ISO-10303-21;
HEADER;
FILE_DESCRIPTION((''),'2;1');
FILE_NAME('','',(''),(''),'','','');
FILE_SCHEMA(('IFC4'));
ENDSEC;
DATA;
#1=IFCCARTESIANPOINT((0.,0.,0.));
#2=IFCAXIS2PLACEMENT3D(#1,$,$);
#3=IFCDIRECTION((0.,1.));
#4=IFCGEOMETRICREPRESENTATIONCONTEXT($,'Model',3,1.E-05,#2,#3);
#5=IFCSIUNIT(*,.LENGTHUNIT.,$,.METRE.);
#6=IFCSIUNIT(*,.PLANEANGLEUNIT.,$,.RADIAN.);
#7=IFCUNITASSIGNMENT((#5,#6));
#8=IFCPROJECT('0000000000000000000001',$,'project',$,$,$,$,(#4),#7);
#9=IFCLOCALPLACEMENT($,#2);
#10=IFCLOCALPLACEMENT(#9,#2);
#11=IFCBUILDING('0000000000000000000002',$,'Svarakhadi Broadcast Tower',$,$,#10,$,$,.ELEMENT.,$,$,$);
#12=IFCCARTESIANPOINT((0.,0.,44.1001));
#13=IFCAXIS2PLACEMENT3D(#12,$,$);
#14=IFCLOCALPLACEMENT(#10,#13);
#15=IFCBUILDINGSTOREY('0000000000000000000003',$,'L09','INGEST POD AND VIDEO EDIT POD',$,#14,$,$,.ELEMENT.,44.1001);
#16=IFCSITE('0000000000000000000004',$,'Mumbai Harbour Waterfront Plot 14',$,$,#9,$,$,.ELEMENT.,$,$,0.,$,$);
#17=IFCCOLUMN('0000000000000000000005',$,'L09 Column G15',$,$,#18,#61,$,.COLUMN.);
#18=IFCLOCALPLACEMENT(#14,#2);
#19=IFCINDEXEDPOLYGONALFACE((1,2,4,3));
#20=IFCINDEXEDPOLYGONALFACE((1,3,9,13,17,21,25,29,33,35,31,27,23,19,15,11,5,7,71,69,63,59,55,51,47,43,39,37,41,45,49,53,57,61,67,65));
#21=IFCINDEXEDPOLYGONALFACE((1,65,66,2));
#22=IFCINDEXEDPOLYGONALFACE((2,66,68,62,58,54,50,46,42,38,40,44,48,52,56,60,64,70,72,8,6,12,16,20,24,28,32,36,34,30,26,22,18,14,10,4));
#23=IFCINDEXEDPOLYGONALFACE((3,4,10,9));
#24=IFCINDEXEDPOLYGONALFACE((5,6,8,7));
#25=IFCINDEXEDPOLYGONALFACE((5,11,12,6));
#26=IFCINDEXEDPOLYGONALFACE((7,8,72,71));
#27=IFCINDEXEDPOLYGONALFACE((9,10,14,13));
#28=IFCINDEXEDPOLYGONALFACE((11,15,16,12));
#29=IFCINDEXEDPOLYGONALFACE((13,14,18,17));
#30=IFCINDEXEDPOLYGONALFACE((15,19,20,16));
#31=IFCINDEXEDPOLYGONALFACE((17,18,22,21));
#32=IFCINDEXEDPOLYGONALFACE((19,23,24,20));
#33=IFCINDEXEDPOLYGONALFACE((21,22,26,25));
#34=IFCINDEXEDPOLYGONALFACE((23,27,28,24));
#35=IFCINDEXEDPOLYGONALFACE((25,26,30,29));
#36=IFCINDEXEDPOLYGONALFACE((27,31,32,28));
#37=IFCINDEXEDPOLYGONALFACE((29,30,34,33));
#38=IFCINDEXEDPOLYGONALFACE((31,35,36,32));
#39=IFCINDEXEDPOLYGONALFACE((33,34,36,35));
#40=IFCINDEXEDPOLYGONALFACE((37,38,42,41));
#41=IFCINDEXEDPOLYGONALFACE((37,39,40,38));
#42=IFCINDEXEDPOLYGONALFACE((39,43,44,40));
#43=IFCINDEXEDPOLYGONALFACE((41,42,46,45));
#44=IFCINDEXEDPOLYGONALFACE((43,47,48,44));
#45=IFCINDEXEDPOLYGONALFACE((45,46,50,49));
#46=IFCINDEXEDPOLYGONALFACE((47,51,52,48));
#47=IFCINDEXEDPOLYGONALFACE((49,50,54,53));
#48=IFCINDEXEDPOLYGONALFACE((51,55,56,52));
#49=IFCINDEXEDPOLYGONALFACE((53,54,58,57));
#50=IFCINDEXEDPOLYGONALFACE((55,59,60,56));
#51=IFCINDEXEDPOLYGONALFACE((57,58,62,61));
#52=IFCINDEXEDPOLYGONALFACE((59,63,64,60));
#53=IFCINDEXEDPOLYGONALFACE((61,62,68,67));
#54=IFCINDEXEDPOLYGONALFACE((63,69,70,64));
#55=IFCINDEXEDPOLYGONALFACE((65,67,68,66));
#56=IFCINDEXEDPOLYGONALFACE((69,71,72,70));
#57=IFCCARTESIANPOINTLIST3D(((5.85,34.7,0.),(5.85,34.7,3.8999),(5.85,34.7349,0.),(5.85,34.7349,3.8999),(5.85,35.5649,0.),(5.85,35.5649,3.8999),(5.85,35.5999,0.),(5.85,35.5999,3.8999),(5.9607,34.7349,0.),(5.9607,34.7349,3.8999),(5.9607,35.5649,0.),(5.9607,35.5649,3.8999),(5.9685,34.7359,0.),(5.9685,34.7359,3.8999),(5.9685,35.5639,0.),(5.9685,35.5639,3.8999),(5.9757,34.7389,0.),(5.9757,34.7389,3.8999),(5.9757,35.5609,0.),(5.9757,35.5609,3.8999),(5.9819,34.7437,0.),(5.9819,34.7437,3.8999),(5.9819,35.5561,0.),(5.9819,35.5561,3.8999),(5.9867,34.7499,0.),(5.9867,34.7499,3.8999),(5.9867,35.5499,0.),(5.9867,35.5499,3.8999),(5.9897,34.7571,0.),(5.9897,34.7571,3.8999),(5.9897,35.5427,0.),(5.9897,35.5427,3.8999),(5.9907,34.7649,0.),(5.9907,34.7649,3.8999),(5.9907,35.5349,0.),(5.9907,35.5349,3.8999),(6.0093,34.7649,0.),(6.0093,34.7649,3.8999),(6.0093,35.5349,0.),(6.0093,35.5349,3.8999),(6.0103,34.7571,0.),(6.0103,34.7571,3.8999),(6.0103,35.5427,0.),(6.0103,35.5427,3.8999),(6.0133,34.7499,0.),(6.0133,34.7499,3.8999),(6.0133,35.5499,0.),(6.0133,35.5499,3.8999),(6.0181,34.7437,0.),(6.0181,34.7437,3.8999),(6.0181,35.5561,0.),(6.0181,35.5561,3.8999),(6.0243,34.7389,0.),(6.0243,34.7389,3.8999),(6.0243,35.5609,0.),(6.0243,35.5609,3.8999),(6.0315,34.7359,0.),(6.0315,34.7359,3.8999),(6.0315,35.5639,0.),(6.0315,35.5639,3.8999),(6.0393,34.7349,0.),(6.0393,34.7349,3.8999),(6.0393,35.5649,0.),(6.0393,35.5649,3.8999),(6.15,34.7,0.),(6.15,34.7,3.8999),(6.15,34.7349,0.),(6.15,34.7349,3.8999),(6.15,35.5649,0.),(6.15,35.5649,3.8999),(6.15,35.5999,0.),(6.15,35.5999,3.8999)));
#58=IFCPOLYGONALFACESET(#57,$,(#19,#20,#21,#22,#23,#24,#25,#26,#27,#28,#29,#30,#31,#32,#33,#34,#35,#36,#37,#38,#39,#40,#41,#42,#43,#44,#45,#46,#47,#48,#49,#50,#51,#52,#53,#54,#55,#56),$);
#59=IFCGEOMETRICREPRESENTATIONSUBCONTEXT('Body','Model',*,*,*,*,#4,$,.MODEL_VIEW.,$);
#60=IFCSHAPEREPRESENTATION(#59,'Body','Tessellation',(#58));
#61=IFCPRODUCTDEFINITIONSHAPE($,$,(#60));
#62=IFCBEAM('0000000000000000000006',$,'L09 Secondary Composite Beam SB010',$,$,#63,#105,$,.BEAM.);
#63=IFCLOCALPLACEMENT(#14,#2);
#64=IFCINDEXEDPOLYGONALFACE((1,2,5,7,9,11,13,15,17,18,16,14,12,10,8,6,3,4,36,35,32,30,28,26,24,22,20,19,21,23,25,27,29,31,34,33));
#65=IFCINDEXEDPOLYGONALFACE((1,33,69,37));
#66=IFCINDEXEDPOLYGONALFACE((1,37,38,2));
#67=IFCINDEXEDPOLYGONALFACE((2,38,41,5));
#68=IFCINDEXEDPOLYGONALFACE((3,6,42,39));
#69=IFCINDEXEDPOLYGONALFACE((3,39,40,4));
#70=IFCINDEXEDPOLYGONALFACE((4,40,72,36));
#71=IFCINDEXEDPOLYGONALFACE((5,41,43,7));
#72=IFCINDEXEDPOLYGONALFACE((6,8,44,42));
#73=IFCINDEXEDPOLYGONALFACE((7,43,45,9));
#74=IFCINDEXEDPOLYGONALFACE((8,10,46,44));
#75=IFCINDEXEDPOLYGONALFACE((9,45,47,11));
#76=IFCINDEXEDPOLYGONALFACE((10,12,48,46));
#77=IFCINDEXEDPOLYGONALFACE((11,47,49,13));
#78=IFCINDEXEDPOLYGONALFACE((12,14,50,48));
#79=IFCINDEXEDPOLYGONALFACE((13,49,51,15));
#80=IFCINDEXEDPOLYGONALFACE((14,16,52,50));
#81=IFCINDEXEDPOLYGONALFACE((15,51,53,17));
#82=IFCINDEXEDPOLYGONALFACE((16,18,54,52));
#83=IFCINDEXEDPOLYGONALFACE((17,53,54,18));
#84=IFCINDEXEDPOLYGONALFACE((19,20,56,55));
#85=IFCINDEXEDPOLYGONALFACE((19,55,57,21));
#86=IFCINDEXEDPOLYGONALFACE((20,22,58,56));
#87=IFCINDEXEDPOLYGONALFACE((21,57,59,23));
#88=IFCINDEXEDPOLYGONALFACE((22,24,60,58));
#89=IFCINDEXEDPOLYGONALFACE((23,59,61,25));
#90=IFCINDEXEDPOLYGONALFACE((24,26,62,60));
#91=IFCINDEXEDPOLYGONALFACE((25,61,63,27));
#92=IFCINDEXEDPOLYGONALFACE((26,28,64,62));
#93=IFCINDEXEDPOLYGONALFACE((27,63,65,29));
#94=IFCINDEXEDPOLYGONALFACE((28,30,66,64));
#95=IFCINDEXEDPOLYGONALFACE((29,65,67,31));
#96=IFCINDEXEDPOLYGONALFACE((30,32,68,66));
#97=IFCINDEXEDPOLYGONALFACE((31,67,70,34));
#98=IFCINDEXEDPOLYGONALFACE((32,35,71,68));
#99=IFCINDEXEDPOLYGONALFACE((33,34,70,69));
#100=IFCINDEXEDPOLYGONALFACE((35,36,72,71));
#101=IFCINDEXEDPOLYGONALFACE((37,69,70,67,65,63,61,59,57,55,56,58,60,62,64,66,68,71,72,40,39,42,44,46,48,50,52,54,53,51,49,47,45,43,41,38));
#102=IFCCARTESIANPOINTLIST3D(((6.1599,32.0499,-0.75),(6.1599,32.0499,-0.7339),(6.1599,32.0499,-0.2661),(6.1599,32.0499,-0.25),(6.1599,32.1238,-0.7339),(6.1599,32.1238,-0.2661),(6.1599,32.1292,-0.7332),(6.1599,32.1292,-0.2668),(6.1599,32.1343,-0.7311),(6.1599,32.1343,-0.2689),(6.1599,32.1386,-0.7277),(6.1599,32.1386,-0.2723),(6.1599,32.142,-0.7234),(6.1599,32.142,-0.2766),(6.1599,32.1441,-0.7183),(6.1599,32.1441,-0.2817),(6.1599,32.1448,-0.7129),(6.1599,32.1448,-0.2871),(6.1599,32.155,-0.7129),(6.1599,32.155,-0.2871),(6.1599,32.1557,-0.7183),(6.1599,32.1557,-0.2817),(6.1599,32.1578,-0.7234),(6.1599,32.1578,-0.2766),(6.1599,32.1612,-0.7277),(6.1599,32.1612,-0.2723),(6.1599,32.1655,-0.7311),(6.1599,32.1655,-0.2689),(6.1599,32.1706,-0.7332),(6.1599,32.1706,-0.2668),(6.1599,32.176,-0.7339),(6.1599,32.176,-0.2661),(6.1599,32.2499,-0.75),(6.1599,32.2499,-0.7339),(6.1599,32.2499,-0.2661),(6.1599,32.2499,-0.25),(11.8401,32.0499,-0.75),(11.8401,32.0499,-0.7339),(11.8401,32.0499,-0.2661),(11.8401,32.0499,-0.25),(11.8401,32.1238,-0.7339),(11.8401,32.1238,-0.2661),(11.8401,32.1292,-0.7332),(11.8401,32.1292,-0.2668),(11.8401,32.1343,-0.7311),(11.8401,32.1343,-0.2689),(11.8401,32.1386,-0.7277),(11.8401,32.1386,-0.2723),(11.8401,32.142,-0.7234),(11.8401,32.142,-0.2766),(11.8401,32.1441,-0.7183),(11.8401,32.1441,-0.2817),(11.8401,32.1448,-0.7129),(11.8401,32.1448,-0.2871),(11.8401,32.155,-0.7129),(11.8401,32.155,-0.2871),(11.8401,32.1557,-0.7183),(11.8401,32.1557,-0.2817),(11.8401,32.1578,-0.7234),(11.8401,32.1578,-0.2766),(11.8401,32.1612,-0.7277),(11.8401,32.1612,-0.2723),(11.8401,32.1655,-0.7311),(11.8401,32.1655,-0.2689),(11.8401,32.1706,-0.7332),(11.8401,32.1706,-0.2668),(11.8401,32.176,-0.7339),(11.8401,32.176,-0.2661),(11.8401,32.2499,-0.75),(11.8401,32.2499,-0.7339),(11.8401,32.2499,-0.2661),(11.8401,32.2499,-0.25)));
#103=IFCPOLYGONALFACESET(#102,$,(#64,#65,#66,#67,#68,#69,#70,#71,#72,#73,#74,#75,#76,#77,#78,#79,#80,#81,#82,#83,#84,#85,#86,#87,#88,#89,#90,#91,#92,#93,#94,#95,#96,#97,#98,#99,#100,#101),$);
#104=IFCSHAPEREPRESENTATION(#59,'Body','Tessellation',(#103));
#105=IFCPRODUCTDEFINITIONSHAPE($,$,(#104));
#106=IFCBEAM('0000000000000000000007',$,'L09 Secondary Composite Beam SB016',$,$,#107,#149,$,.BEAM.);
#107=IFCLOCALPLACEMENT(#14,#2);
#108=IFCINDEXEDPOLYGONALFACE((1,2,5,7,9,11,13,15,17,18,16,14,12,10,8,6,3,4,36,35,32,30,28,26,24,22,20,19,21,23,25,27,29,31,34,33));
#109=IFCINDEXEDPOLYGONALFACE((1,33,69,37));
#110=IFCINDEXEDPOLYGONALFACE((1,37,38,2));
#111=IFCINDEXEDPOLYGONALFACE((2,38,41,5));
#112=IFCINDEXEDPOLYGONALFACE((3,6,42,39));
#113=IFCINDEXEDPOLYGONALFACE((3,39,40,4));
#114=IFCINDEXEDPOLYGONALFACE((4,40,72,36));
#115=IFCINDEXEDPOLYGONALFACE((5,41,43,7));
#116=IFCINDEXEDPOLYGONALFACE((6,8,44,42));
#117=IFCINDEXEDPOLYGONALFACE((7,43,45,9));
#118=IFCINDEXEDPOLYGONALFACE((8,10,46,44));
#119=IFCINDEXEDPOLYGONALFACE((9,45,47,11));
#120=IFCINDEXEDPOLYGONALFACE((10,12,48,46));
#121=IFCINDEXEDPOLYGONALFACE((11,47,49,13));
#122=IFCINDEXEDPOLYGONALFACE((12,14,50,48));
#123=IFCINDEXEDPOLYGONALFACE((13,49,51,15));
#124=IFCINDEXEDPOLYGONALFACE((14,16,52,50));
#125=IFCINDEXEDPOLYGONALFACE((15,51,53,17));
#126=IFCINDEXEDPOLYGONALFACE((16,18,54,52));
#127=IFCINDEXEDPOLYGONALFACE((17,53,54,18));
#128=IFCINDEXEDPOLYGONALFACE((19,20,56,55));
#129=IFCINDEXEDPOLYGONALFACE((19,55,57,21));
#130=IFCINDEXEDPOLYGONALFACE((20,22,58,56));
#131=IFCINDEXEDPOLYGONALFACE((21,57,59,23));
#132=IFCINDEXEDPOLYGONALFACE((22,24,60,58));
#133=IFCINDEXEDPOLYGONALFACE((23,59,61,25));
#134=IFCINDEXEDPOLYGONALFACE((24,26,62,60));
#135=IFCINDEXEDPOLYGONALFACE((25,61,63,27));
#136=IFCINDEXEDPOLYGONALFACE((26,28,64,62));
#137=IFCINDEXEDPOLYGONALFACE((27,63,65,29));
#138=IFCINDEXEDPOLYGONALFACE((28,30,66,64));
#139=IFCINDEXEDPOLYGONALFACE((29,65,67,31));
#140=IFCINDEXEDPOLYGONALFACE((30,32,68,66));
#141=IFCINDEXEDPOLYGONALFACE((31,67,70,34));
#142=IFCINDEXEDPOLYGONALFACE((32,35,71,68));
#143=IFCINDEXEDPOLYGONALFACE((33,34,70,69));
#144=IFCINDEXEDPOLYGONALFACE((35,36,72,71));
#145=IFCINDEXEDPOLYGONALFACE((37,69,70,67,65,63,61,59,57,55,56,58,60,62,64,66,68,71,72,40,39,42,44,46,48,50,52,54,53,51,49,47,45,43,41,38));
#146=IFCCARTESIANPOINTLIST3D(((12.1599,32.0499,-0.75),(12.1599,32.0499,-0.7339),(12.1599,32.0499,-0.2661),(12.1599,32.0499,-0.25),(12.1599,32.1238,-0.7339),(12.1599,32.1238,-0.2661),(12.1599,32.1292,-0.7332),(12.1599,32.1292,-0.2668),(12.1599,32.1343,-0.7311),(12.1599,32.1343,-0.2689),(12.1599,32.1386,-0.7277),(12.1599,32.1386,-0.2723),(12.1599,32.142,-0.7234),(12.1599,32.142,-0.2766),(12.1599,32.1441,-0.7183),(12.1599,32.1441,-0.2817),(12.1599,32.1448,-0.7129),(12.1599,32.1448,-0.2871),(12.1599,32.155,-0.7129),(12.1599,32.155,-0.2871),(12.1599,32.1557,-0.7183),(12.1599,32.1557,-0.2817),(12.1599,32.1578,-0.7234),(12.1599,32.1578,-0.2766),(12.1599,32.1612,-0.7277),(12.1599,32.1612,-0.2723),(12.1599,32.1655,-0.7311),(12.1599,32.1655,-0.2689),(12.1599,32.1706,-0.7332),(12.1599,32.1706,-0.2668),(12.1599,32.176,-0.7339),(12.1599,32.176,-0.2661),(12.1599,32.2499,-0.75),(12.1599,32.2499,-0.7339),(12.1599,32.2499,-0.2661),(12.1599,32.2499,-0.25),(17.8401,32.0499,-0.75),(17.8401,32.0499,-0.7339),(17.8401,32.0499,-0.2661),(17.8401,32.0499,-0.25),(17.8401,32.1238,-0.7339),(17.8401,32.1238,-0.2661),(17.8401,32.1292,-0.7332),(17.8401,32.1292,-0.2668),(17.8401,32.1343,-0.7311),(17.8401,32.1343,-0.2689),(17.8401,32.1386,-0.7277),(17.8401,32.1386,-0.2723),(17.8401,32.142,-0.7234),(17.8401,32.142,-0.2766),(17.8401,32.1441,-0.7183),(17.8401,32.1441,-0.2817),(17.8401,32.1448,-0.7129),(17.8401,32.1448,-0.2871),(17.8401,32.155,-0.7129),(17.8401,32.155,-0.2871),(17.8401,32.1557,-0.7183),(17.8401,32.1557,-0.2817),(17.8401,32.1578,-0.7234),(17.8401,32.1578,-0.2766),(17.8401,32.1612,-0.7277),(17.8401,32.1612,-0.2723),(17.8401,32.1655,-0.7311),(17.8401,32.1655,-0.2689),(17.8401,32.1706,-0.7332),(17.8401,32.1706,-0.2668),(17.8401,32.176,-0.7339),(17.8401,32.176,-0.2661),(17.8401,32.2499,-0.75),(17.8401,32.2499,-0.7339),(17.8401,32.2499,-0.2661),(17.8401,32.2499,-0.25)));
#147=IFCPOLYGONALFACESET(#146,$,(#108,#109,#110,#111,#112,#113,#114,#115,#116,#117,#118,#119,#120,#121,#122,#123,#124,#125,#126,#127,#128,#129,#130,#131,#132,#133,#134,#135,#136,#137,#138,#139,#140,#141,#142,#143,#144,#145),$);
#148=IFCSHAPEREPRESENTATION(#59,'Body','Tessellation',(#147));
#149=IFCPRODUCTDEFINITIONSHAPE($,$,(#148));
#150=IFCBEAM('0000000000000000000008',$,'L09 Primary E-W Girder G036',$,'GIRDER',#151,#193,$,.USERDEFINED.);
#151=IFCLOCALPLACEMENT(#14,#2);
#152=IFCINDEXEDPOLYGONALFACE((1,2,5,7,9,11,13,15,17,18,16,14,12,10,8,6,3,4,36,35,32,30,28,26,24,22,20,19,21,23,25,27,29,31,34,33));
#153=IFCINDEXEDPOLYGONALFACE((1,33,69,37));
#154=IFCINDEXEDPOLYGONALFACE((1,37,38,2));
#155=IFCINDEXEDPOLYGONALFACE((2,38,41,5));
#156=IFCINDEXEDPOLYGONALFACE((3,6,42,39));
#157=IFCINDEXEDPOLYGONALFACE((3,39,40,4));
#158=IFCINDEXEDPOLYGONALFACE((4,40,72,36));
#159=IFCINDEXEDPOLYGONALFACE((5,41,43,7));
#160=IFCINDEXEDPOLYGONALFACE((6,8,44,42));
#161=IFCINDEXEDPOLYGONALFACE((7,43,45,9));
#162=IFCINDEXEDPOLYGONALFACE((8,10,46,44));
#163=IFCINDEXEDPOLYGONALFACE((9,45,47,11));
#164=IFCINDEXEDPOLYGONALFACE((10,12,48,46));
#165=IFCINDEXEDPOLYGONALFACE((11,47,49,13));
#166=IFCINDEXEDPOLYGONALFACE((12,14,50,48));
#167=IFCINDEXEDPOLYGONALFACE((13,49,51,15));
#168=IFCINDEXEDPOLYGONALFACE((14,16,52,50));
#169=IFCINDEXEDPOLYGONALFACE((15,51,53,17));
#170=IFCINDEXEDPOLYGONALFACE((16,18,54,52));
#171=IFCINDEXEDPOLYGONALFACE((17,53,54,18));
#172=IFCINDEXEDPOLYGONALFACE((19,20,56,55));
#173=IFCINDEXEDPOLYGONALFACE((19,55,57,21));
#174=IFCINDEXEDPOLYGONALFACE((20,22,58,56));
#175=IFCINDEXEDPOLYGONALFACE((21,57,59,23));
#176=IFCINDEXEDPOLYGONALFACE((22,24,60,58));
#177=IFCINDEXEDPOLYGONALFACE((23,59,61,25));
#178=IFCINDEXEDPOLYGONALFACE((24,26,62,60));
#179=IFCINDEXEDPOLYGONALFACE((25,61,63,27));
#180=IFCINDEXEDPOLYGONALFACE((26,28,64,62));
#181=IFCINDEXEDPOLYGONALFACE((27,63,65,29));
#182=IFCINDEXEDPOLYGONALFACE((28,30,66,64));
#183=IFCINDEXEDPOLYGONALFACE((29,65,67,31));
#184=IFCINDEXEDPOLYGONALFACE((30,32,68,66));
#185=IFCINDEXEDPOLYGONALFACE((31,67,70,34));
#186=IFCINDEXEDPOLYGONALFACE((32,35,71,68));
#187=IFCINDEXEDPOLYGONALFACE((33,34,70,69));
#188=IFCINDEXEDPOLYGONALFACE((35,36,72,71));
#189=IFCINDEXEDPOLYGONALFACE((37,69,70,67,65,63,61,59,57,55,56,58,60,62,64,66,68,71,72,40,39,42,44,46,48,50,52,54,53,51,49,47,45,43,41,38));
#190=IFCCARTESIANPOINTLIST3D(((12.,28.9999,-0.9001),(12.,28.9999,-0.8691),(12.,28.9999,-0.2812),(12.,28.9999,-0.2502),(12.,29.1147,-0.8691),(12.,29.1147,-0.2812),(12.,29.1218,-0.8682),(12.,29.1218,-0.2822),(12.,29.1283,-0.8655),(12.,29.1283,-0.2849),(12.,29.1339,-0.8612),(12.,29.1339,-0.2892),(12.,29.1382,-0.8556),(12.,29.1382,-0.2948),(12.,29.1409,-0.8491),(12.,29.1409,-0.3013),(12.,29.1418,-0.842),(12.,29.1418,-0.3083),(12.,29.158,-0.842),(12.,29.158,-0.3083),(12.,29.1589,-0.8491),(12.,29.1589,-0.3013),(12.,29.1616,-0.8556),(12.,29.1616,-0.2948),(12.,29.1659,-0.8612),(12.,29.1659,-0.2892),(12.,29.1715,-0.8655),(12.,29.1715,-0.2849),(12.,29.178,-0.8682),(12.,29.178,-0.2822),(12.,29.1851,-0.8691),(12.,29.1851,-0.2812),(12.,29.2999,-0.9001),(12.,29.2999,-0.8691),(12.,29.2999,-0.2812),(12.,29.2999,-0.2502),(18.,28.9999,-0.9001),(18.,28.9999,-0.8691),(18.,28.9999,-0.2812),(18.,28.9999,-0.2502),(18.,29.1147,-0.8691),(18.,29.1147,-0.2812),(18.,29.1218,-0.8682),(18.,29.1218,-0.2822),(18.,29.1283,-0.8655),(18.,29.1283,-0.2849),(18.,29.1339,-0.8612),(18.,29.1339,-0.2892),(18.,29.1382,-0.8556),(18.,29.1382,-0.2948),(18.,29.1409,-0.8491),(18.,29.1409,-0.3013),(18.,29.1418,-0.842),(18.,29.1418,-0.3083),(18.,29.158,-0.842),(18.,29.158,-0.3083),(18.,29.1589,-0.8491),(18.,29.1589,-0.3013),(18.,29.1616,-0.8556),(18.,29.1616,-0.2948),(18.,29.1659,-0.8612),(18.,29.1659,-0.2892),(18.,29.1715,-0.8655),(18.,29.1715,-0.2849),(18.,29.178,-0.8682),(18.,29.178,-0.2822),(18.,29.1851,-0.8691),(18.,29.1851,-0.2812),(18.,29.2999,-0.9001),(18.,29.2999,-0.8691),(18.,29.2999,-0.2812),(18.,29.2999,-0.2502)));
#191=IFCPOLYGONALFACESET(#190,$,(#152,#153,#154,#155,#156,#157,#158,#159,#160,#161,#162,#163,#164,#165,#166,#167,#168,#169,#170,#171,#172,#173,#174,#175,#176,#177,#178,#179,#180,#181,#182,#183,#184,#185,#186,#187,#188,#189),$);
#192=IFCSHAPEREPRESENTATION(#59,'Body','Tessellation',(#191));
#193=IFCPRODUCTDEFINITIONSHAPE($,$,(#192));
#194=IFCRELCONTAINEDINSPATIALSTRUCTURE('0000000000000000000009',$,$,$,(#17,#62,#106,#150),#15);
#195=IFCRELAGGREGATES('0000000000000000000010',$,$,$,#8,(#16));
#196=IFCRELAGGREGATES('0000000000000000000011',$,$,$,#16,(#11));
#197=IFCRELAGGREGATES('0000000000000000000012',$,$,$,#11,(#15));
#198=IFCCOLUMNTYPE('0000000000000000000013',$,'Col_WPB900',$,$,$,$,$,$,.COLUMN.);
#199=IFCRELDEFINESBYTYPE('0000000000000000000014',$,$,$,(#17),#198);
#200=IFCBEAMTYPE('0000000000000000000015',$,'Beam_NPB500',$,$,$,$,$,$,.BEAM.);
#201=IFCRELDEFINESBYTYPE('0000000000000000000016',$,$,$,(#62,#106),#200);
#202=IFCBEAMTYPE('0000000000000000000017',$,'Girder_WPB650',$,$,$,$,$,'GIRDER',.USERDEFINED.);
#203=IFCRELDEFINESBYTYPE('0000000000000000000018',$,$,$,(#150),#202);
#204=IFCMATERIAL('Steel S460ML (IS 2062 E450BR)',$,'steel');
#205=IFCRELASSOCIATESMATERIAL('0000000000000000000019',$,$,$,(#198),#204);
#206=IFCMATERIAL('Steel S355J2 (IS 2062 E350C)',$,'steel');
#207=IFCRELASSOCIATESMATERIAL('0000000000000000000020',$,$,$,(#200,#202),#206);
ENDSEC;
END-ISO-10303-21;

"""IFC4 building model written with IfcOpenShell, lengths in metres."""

from ifc_helpers import new_model, si_unit, direction, frame, origin, origin_2d, place, context, subcontext, project, spatial, i_section, extrude, material, material_profile, profile_set, type_object, element, save


model = new_model("IFC4")

# Units and contexts
model_context = context("Model", 3, precision=1e-05, world=origin(), true_north=direction((0.0, 1.0)))
body_context = subcontext(model_context, "Body", "Model", "MODEL_VIEW")
ifc_project = project(units=[si_unit("LENGTHUNIT", "METRE"), si_unit("PLANEANGLEUNIT", "RADIAN")], contexts=[model_context])

# Site, building, storey
site_placement = place(None, origin())
site = spatial("IfcSite", under=ifc_project, at=site_placement, Name="Mumbai Harbour Waterfront Plot 14", CompositionType="ELEMENT", RefElevation=0.0)
building_placement = place(site_placement, origin())
building = spatial("IfcBuilding", under=site, at=building_placement, Name="Svarakhadi Broadcast Tower", CompositionType="ELEMENT")
storey_placement = place(building_placement, frame((0.0, 0.0, 44.1001)))
storey = spatial("IfcBuildingStorey", under=building, at=storey_placement, Name="L09", Description="INGEST POD AND VIDEO EDIT POD", CompositionType="ELEMENT", Elevation=44.1001)

# Column
ifc_material_1 = material(Name="Steel S460ML (IS 2062 E450BR)", Category="steel")
ifc_material_profile_1 = material_profile(ifc_material_1, i_section(OverallWidth=0.3, OverallDepth=0.8999, WebThickness=0.0186, FlangeThickness=0.0349, FilletRadius=0.03, at=origin_2d()), Name="WPB 900x300x291")
ifc_profile_set_1 = profile_set([ifc_material_profile_1], Name="Steel S460ML (IS 2062 E450BR)")
column_type_1 = type_object("IfcColumnType", Name="Col_WPB900", PredefinedType="COLUMN", material=ifc_profile_set_1)
column_1_placement = place(storey_placement, frame((6.0, 35.1499, 0.0), z_axis=(0.0, 0.0, 1.0), x_axis=(1.0, 0.0, 0.0)))
element("IfcColumn", 1, at=column_1_placement, inside=storey, type_object=column_type_1, Name="L09 Column G15", PredefinedType="COLUMN", context=body_context, shape_type="SweptSolid", body=[
    extrude(i_section(OverallWidth=0.3, OverallDepth=0.8999, WebThickness=0.0186, FlangeThickness=0.0349, FilletRadius=0.03, at=origin_2d()), origin(), (0.0, 0.0, 1.0), 3.8999),
])

# Beams
ifc_material_2 = material(Name="Steel S355J2 (IS 2062 E350C)", Category="steel")
ifc_material_profile_2 = material_profile(ifc_material_2, i_section(OverallWidth=0.2, OverallDepth=0.5, WebThickness=0.0103, FlangeThickness=0.0161, FilletRadius=0.021, at=origin_2d()), Name="NPB 500x200x91")
ifc_profile_set_2 = profile_set([ifc_material_profile_2], Name="Steel S355J2 (IS 2062 E350C)")
beam_type_1 = type_object("IfcBeamType", Name="Beam_NPB500", PredefinedType="BEAM", material=ifc_profile_set_2)
for number, where, z_axis, x_axis, name in (
    (2, (6.1599, 32.1499, -0.5), (1.0, 0.0, 0.0), (0.0, 1.0, 0.0), "L09 Secondary Composite Beam SB010"),
    (3, (12.1599, 32.1499, -0.5), (1.0, 0.0, 0.0), (0.0, 1.0, 0.0), "L09 Secondary Composite Beam SB016"),
):
    element("IfcBeam", number, at=place(storey_placement, frame(where, z_axis=z_axis, x_axis=x_axis)), inside=storey, type_object=beam_type_1, Name=name, PredefinedType="BEAM", context=body_context, shape_type="SweptSolid", body=[
        extrude(i_section(OverallWidth=0.2, OverallDepth=0.5, WebThickness=0.0103, FlangeThickness=0.0161, FilletRadius=0.021, at=origin_2d()), origin(), (0.0, 0.0, 1.0), 5.6802),
    ])
ifc_material_profile_3 = material_profile(ifc_material_2, i_section(OverallWidth=0.3, OverallDepth=0.6499, WebThickness=0.0161, FlangeThickness=0.031, FilletRadius=0.0271, at=origin_2d()), Name="WPB 650x300x225")
ifc_profile_set_3 = profile_set([ifc_material_profile_3], Name="Steel S355J2 (IS 2062 E350C)")
beam_type_2 = type_object("IfcBeamType", Name="Girder_WPB650", ElementType="GIRDER", PredefinedType="USERDEFINED", material=ifc_profile_set_3)
for number, where, z_axis, x_axis, name in (
    (4, (12.0, 29.1499, -0.5752), (1.0, 0.0, 0.0), (0.0, 1.0, 0.0), "L09 Primary E-W Girder G036"),
):
    element("IfcBeam", number, at=place(storey_placement, frame(where, z_axis=z_axis, x_axis=x_axis)), inside=storey, type_object=beam_type_2, Name=name, ObjectType="GIRDER", PredefinedType="USERDEFINED", context=body_context, shape_type="SweptSolid", body=[
        extrude(i_section(OverallWidth=0.3, OverallDepth=0.6499, WebThickness=0.0161, FlangeThickness=0.031, FilletRadius=0.0271, at=origin_2d()), origin(), (0.0, 0.0, 1.0), 6.0),
    ])

save(model, "model.ifc")
